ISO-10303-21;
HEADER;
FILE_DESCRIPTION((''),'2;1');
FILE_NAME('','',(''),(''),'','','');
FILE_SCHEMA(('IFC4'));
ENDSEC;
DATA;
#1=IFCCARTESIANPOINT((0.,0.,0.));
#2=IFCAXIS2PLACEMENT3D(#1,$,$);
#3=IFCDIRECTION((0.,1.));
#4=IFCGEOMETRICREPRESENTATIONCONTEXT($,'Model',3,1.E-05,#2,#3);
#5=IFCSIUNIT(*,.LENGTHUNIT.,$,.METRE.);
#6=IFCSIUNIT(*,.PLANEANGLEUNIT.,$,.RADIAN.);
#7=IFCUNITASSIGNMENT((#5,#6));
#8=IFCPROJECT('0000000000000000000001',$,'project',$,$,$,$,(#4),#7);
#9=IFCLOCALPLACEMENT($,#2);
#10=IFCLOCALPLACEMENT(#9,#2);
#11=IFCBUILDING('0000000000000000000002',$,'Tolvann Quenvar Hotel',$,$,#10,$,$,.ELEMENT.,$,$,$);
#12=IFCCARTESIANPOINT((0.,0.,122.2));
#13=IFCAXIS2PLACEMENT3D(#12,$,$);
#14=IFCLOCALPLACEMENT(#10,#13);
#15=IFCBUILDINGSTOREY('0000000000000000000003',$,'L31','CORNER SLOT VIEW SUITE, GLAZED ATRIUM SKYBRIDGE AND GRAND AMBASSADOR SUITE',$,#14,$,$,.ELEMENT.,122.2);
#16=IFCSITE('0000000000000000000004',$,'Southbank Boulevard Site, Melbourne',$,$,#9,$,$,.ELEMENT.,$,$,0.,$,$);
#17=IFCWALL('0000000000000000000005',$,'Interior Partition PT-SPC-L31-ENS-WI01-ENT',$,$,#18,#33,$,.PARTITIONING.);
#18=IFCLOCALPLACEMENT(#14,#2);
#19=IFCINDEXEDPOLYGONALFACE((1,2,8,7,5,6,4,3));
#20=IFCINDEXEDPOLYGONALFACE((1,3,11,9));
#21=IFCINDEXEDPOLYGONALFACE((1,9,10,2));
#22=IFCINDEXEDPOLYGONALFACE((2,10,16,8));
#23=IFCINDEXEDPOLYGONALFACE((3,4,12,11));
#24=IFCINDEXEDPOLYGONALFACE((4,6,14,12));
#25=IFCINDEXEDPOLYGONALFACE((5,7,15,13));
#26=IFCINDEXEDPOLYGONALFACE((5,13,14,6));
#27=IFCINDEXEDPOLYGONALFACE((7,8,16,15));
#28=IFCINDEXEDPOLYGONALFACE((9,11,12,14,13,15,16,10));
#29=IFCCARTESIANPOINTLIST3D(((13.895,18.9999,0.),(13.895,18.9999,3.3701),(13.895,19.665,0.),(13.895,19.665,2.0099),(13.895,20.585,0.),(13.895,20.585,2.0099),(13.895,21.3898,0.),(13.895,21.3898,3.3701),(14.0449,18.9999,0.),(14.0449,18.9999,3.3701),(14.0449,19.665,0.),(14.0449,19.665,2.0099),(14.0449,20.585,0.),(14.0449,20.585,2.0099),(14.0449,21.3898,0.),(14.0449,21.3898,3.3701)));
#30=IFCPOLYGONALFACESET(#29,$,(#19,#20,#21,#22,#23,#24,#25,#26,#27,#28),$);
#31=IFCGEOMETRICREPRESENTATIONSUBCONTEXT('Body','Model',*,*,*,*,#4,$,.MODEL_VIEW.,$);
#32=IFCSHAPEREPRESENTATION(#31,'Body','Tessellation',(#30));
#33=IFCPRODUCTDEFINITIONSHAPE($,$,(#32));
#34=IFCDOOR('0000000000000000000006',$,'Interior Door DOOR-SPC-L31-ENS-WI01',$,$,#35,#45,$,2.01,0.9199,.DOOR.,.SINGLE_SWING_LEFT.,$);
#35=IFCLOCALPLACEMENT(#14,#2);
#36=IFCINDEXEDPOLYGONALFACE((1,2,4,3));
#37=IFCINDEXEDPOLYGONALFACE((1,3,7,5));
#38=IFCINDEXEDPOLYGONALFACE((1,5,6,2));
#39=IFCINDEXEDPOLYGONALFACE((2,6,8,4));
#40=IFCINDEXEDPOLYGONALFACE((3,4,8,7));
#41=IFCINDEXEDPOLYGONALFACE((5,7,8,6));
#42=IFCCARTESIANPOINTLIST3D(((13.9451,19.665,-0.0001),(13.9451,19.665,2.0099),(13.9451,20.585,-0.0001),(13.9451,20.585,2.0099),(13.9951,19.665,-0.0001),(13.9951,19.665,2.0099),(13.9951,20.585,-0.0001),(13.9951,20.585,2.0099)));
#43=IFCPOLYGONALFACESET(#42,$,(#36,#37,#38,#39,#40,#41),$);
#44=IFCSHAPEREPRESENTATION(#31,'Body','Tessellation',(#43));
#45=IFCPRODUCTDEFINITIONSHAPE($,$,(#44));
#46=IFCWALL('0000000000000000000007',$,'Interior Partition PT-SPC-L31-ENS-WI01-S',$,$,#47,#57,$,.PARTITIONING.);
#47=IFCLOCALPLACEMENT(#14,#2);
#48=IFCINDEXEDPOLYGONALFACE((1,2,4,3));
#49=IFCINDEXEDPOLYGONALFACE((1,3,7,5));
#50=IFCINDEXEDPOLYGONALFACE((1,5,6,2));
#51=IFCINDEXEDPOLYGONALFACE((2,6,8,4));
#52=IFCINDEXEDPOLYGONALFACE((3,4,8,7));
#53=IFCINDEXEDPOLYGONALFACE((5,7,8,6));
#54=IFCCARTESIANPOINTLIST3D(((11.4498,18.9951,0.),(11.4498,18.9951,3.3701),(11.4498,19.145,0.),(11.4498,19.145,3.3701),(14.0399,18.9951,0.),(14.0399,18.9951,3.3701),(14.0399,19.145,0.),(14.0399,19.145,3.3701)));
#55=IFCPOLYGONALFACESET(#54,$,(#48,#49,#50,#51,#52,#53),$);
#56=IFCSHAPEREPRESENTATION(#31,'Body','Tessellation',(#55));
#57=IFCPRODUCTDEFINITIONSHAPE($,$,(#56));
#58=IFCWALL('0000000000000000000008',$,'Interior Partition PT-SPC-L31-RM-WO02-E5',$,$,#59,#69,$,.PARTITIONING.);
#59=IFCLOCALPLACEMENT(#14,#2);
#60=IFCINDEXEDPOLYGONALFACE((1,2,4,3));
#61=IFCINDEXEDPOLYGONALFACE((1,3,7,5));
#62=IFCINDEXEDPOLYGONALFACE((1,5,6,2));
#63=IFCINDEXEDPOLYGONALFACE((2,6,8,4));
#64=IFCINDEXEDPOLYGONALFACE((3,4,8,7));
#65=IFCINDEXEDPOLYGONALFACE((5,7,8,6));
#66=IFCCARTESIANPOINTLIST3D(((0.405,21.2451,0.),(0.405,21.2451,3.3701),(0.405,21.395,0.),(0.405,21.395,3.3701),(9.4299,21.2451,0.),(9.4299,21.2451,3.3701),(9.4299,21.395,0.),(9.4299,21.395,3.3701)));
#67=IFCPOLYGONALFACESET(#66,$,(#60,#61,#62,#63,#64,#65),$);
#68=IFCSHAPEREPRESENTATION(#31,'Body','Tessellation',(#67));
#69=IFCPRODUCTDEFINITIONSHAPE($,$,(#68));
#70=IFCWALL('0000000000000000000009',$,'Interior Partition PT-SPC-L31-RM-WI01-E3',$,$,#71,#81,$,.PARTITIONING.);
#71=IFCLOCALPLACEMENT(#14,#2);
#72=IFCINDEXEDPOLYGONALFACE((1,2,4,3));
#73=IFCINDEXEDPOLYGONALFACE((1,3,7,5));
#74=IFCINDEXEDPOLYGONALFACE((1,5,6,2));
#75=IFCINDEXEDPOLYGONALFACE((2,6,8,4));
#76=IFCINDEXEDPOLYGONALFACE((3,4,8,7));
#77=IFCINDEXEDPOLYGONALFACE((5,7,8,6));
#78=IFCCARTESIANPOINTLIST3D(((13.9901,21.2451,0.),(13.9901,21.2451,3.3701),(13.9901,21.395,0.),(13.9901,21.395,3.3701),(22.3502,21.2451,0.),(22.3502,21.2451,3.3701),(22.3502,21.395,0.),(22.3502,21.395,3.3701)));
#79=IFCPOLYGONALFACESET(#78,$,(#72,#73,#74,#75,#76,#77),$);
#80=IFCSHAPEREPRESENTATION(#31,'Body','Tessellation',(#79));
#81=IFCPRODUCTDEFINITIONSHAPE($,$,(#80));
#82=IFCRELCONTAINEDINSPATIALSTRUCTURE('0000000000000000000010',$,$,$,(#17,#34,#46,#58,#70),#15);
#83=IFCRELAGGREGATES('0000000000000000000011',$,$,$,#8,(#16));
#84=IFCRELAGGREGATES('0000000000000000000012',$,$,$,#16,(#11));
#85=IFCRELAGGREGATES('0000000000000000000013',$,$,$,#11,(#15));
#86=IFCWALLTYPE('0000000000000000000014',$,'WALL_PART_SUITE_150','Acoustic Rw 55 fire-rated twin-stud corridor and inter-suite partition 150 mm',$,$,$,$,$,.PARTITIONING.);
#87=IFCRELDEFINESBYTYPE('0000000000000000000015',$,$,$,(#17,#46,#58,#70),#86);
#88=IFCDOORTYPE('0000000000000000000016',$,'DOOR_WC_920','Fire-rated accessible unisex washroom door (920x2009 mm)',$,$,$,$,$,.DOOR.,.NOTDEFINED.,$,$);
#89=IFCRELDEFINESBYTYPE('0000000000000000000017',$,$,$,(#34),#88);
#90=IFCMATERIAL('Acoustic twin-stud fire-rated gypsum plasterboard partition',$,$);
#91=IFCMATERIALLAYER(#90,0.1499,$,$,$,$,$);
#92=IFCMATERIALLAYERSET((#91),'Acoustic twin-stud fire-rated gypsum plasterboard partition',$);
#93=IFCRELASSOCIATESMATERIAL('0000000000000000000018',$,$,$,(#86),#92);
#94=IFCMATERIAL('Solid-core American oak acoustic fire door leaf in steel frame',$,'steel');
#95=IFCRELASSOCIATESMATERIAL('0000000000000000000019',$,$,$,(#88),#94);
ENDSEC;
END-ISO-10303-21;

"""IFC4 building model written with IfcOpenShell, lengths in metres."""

from ifc_helpers import new_model, si_unit, direction, frame, frame_2d, origin, place, context, subcontext, project, spatial, rectangle, extrude, source, transform, mapped, material, layer, layer_set, type_object, type_shapes, element, fill, save


model = new_model("IFC4")

# Units and contexts
model_context = context("Model", 3, precision=1e-05, world=origin(), true_north=direction((0.0, 1.0)))
body_context = subcontext(model_context, "Body", "Model", "MODEL_VIEW")
ifc_project = project(units=[si_unit("LENGTHUNIT", "METRE"), si_unit("PLANEANGLEUNIT", "RADIAN")], contexts=[model_context])

# Site, building, storey
site_placement = place(None, origin())
site = spatial("IfcSite", under=ifc_project, at=site_placement, Name="Southbank Boulevard Site, Melbourne", CompositionType="ELEMENT", RefElevation=0.0)
building_placement = place(site_placement, origin())
building = spatial("IfcBuilding", under=site, at=building_placement, Name="Tolvann Quenvar Hotel", CompositionType="ELEMENT")
storey_placement = place(building_placement, frame((0.0, 0.0, 122.2)))
storey = spatial("IfcBuildingStorey", under=building, at=storey_placement, Name="L31", Description="CORNER SLOT VIEW SUITE, GLAZED ATRIUM SKYBRIDGE AND GRAND AMBASSADOR SUITE", CompositionType="ELEMENT", Elevation=122.2)

# Shared definitions
ifc_material_1 = material(Name="Acoustic twin-stud fire-rated gypsum plasterboard partition")

# Shared definitions
ifc_material_2 = material(Name="Solid-core American oak acoustic fire door leaf in steel frame", Category="steel")

# Wall, opening, door
ifc_layer_1 = layer(ifc_material_1, 0.1499)
ifc_layer_set_1 = layer_set([ifc_layer_1], Name="Acoustic twin-stud fire-rated gypsum plasterboard partition")
wall_type_1 = type_object("IfcWallType", Name="WALL_PART_SUITE_150", Description="Acoustic Rw 55 fire-rated twin-stud corridor and inter-suite partition 150 mm", PredefinedType="PARTITIONING", material=ifc_layer_set_1)
wall_1_placement = place(storey_placement, frame((13.97, 19.0, 0.0), z_axis=(0.0, 0.0, 1.0), x_axis=(0.0, 1.0, 0.0)))
wall_1 = element("IfcWall", 1, at=wall_1_placement, inside=storey, type_object=wall_type_1, Name="Interior Partition PT-SPC-L31-ENS-WI01-ENT", PredefinedType="PARTITIONING", context=body_context, shape_type="SweptSolid", body=[
    extrude(rectangle(XDim=2.3899, YDim=0.1499, at=frame_2d((1.1948, 0.0))), origin(), (0.0, 0.0, 1.0), 3.3701),
])
opening_1_placement = place(wall_1_placement, frame((0.665, 0.0, 0.0)))
opening_1 = element("IfcOpeningElement", 2, at=opening_1_placement, cuts=wall_1, PredefinedType="OPENING", context=body_context, shape_type="SweptSolid", body=[
    extrude(rectangle(XDim=0.9199, YDim=2.01, at=frame_2d((0.46, 1.0049))), frame((0.0, 0.085, 0.0), z_axis=(0.0, -1.0, 0.0), x_axis=(1.0, 0.0, 0.0)), (0.0, 0.0, 1.0), 0.1699),
])
door_type_1 = type_object("IfcDoorType", Name="DOOR_WC_920", Description="Fire-rated accessible unisex washroom door (920x2009 mm)", OperationType="NOTDEFINED", PredefinedType="DOOR", material=ifc_material_2)
shared_shape_1 = source(origin(), body_context, "Body", "SweptSolid", [
    extrude(rectangle(XDim=0.9199, YDim=2.01, at=frame_2d((0.46, 1.0049))), frame((0.0, 0.0249, 0.0), z_axis=(0.0, -1.0, 0.0), x_axis=(1.0, 0.0, 0.0)), (0.0, 0.0, 1.0), 0.05),
])
type_shapes(door_type_1, [shared_shape_1])
door_1_placement = place(opening_1_placement, origin())
door_1 = element("IfcDoor", 3, at=door_1_placement, inside=storey, type_object=door_type_1, Name="Interior Door DOOR-SPC-L31-ENS-WI01", OperationType="SINGLE_SWING_LEFT", OverallHeight=2.01, OverallWidth=0.9199, PredefinedType="DOOR", context=body_context, shape_type="MappedRepresentation", body=[
    mapped(shared_shape_1, transform((0.0, 0.0, 0.0), x_axis=(1.0, 0.0, 0.0), y_axis=(0.0, 1.0, 0.0), z_axis=(0.0, 0.0, 1.0), scale=1.0)),
])
fill(opening_1, door_1)

# Walls
wall_2_placement = place(storey_placement, frame((11.45, 19.0701, 0.0), z_axis=(0.0, 0.0, 1.0), x_axis=(1.0, 0.0, 0.0)))
element("IfcWall", 4, at=wall_2_placement, inside=storey, type_object=wall_type_1, Name="Interior Partition PT-SPC-L31-ENS-WI01-S", PredefinedType="PARTITIONING", context=body_context, shape_type="SweptSolid", body=[
    extrude(rectangle(XDim=2.5901, YDim=0.1499, at=frame_2d((1.2949, 0.0))), origin(), (0.0, 0.0, 1.0), 3.3701),
])
wall_3_placement = place(storey_placement, frame((0.405, 21.3201, 0.0), z_axis=(0.0, 0.0, 1.0), x_axis=(1.0, 0.0, 0.0)))
element("IfcWall", 5, at=wall_3_placement, inside=storey, type_object=wall_type_1, Name="Interior Partition PT-SPC-L31-RM-WO02-E5", PredefinedType="PARTITIONING", context=body_context, shape_type="SweptSolid", body=[
    extrude(rectangle(XDim=9.0249, YDim=0.1499, at=frame_2d((4.5125, 0.0))), origin(), (0.0, 0.0, 1.0), 3.3701),
])
wall_4_placement = place(storey_placement, frame((13.99, 21.3201, 0.0), z_axis=(0.0, 0.0, 1.0), x_axis=(1.0, 0.0, 0.0)))
element("IfcWall", 6, at=wall_4_placement, inside=storey, type_object=wall_type_1, Name="Interior Partition PT-SPC-L31-RM-WI01-E3", PredefinedType="PARTITIONING", context=body_context, shape_type="SweptSolid", body=[
    extrude(rectangle(XDim=8.3601, YDim=0.1499, at=frame_2d((4.1802, 0.0))), origin(), (0.0, 0.0, 1.0), 3.3701),
])

save(model, "model.ifc")
